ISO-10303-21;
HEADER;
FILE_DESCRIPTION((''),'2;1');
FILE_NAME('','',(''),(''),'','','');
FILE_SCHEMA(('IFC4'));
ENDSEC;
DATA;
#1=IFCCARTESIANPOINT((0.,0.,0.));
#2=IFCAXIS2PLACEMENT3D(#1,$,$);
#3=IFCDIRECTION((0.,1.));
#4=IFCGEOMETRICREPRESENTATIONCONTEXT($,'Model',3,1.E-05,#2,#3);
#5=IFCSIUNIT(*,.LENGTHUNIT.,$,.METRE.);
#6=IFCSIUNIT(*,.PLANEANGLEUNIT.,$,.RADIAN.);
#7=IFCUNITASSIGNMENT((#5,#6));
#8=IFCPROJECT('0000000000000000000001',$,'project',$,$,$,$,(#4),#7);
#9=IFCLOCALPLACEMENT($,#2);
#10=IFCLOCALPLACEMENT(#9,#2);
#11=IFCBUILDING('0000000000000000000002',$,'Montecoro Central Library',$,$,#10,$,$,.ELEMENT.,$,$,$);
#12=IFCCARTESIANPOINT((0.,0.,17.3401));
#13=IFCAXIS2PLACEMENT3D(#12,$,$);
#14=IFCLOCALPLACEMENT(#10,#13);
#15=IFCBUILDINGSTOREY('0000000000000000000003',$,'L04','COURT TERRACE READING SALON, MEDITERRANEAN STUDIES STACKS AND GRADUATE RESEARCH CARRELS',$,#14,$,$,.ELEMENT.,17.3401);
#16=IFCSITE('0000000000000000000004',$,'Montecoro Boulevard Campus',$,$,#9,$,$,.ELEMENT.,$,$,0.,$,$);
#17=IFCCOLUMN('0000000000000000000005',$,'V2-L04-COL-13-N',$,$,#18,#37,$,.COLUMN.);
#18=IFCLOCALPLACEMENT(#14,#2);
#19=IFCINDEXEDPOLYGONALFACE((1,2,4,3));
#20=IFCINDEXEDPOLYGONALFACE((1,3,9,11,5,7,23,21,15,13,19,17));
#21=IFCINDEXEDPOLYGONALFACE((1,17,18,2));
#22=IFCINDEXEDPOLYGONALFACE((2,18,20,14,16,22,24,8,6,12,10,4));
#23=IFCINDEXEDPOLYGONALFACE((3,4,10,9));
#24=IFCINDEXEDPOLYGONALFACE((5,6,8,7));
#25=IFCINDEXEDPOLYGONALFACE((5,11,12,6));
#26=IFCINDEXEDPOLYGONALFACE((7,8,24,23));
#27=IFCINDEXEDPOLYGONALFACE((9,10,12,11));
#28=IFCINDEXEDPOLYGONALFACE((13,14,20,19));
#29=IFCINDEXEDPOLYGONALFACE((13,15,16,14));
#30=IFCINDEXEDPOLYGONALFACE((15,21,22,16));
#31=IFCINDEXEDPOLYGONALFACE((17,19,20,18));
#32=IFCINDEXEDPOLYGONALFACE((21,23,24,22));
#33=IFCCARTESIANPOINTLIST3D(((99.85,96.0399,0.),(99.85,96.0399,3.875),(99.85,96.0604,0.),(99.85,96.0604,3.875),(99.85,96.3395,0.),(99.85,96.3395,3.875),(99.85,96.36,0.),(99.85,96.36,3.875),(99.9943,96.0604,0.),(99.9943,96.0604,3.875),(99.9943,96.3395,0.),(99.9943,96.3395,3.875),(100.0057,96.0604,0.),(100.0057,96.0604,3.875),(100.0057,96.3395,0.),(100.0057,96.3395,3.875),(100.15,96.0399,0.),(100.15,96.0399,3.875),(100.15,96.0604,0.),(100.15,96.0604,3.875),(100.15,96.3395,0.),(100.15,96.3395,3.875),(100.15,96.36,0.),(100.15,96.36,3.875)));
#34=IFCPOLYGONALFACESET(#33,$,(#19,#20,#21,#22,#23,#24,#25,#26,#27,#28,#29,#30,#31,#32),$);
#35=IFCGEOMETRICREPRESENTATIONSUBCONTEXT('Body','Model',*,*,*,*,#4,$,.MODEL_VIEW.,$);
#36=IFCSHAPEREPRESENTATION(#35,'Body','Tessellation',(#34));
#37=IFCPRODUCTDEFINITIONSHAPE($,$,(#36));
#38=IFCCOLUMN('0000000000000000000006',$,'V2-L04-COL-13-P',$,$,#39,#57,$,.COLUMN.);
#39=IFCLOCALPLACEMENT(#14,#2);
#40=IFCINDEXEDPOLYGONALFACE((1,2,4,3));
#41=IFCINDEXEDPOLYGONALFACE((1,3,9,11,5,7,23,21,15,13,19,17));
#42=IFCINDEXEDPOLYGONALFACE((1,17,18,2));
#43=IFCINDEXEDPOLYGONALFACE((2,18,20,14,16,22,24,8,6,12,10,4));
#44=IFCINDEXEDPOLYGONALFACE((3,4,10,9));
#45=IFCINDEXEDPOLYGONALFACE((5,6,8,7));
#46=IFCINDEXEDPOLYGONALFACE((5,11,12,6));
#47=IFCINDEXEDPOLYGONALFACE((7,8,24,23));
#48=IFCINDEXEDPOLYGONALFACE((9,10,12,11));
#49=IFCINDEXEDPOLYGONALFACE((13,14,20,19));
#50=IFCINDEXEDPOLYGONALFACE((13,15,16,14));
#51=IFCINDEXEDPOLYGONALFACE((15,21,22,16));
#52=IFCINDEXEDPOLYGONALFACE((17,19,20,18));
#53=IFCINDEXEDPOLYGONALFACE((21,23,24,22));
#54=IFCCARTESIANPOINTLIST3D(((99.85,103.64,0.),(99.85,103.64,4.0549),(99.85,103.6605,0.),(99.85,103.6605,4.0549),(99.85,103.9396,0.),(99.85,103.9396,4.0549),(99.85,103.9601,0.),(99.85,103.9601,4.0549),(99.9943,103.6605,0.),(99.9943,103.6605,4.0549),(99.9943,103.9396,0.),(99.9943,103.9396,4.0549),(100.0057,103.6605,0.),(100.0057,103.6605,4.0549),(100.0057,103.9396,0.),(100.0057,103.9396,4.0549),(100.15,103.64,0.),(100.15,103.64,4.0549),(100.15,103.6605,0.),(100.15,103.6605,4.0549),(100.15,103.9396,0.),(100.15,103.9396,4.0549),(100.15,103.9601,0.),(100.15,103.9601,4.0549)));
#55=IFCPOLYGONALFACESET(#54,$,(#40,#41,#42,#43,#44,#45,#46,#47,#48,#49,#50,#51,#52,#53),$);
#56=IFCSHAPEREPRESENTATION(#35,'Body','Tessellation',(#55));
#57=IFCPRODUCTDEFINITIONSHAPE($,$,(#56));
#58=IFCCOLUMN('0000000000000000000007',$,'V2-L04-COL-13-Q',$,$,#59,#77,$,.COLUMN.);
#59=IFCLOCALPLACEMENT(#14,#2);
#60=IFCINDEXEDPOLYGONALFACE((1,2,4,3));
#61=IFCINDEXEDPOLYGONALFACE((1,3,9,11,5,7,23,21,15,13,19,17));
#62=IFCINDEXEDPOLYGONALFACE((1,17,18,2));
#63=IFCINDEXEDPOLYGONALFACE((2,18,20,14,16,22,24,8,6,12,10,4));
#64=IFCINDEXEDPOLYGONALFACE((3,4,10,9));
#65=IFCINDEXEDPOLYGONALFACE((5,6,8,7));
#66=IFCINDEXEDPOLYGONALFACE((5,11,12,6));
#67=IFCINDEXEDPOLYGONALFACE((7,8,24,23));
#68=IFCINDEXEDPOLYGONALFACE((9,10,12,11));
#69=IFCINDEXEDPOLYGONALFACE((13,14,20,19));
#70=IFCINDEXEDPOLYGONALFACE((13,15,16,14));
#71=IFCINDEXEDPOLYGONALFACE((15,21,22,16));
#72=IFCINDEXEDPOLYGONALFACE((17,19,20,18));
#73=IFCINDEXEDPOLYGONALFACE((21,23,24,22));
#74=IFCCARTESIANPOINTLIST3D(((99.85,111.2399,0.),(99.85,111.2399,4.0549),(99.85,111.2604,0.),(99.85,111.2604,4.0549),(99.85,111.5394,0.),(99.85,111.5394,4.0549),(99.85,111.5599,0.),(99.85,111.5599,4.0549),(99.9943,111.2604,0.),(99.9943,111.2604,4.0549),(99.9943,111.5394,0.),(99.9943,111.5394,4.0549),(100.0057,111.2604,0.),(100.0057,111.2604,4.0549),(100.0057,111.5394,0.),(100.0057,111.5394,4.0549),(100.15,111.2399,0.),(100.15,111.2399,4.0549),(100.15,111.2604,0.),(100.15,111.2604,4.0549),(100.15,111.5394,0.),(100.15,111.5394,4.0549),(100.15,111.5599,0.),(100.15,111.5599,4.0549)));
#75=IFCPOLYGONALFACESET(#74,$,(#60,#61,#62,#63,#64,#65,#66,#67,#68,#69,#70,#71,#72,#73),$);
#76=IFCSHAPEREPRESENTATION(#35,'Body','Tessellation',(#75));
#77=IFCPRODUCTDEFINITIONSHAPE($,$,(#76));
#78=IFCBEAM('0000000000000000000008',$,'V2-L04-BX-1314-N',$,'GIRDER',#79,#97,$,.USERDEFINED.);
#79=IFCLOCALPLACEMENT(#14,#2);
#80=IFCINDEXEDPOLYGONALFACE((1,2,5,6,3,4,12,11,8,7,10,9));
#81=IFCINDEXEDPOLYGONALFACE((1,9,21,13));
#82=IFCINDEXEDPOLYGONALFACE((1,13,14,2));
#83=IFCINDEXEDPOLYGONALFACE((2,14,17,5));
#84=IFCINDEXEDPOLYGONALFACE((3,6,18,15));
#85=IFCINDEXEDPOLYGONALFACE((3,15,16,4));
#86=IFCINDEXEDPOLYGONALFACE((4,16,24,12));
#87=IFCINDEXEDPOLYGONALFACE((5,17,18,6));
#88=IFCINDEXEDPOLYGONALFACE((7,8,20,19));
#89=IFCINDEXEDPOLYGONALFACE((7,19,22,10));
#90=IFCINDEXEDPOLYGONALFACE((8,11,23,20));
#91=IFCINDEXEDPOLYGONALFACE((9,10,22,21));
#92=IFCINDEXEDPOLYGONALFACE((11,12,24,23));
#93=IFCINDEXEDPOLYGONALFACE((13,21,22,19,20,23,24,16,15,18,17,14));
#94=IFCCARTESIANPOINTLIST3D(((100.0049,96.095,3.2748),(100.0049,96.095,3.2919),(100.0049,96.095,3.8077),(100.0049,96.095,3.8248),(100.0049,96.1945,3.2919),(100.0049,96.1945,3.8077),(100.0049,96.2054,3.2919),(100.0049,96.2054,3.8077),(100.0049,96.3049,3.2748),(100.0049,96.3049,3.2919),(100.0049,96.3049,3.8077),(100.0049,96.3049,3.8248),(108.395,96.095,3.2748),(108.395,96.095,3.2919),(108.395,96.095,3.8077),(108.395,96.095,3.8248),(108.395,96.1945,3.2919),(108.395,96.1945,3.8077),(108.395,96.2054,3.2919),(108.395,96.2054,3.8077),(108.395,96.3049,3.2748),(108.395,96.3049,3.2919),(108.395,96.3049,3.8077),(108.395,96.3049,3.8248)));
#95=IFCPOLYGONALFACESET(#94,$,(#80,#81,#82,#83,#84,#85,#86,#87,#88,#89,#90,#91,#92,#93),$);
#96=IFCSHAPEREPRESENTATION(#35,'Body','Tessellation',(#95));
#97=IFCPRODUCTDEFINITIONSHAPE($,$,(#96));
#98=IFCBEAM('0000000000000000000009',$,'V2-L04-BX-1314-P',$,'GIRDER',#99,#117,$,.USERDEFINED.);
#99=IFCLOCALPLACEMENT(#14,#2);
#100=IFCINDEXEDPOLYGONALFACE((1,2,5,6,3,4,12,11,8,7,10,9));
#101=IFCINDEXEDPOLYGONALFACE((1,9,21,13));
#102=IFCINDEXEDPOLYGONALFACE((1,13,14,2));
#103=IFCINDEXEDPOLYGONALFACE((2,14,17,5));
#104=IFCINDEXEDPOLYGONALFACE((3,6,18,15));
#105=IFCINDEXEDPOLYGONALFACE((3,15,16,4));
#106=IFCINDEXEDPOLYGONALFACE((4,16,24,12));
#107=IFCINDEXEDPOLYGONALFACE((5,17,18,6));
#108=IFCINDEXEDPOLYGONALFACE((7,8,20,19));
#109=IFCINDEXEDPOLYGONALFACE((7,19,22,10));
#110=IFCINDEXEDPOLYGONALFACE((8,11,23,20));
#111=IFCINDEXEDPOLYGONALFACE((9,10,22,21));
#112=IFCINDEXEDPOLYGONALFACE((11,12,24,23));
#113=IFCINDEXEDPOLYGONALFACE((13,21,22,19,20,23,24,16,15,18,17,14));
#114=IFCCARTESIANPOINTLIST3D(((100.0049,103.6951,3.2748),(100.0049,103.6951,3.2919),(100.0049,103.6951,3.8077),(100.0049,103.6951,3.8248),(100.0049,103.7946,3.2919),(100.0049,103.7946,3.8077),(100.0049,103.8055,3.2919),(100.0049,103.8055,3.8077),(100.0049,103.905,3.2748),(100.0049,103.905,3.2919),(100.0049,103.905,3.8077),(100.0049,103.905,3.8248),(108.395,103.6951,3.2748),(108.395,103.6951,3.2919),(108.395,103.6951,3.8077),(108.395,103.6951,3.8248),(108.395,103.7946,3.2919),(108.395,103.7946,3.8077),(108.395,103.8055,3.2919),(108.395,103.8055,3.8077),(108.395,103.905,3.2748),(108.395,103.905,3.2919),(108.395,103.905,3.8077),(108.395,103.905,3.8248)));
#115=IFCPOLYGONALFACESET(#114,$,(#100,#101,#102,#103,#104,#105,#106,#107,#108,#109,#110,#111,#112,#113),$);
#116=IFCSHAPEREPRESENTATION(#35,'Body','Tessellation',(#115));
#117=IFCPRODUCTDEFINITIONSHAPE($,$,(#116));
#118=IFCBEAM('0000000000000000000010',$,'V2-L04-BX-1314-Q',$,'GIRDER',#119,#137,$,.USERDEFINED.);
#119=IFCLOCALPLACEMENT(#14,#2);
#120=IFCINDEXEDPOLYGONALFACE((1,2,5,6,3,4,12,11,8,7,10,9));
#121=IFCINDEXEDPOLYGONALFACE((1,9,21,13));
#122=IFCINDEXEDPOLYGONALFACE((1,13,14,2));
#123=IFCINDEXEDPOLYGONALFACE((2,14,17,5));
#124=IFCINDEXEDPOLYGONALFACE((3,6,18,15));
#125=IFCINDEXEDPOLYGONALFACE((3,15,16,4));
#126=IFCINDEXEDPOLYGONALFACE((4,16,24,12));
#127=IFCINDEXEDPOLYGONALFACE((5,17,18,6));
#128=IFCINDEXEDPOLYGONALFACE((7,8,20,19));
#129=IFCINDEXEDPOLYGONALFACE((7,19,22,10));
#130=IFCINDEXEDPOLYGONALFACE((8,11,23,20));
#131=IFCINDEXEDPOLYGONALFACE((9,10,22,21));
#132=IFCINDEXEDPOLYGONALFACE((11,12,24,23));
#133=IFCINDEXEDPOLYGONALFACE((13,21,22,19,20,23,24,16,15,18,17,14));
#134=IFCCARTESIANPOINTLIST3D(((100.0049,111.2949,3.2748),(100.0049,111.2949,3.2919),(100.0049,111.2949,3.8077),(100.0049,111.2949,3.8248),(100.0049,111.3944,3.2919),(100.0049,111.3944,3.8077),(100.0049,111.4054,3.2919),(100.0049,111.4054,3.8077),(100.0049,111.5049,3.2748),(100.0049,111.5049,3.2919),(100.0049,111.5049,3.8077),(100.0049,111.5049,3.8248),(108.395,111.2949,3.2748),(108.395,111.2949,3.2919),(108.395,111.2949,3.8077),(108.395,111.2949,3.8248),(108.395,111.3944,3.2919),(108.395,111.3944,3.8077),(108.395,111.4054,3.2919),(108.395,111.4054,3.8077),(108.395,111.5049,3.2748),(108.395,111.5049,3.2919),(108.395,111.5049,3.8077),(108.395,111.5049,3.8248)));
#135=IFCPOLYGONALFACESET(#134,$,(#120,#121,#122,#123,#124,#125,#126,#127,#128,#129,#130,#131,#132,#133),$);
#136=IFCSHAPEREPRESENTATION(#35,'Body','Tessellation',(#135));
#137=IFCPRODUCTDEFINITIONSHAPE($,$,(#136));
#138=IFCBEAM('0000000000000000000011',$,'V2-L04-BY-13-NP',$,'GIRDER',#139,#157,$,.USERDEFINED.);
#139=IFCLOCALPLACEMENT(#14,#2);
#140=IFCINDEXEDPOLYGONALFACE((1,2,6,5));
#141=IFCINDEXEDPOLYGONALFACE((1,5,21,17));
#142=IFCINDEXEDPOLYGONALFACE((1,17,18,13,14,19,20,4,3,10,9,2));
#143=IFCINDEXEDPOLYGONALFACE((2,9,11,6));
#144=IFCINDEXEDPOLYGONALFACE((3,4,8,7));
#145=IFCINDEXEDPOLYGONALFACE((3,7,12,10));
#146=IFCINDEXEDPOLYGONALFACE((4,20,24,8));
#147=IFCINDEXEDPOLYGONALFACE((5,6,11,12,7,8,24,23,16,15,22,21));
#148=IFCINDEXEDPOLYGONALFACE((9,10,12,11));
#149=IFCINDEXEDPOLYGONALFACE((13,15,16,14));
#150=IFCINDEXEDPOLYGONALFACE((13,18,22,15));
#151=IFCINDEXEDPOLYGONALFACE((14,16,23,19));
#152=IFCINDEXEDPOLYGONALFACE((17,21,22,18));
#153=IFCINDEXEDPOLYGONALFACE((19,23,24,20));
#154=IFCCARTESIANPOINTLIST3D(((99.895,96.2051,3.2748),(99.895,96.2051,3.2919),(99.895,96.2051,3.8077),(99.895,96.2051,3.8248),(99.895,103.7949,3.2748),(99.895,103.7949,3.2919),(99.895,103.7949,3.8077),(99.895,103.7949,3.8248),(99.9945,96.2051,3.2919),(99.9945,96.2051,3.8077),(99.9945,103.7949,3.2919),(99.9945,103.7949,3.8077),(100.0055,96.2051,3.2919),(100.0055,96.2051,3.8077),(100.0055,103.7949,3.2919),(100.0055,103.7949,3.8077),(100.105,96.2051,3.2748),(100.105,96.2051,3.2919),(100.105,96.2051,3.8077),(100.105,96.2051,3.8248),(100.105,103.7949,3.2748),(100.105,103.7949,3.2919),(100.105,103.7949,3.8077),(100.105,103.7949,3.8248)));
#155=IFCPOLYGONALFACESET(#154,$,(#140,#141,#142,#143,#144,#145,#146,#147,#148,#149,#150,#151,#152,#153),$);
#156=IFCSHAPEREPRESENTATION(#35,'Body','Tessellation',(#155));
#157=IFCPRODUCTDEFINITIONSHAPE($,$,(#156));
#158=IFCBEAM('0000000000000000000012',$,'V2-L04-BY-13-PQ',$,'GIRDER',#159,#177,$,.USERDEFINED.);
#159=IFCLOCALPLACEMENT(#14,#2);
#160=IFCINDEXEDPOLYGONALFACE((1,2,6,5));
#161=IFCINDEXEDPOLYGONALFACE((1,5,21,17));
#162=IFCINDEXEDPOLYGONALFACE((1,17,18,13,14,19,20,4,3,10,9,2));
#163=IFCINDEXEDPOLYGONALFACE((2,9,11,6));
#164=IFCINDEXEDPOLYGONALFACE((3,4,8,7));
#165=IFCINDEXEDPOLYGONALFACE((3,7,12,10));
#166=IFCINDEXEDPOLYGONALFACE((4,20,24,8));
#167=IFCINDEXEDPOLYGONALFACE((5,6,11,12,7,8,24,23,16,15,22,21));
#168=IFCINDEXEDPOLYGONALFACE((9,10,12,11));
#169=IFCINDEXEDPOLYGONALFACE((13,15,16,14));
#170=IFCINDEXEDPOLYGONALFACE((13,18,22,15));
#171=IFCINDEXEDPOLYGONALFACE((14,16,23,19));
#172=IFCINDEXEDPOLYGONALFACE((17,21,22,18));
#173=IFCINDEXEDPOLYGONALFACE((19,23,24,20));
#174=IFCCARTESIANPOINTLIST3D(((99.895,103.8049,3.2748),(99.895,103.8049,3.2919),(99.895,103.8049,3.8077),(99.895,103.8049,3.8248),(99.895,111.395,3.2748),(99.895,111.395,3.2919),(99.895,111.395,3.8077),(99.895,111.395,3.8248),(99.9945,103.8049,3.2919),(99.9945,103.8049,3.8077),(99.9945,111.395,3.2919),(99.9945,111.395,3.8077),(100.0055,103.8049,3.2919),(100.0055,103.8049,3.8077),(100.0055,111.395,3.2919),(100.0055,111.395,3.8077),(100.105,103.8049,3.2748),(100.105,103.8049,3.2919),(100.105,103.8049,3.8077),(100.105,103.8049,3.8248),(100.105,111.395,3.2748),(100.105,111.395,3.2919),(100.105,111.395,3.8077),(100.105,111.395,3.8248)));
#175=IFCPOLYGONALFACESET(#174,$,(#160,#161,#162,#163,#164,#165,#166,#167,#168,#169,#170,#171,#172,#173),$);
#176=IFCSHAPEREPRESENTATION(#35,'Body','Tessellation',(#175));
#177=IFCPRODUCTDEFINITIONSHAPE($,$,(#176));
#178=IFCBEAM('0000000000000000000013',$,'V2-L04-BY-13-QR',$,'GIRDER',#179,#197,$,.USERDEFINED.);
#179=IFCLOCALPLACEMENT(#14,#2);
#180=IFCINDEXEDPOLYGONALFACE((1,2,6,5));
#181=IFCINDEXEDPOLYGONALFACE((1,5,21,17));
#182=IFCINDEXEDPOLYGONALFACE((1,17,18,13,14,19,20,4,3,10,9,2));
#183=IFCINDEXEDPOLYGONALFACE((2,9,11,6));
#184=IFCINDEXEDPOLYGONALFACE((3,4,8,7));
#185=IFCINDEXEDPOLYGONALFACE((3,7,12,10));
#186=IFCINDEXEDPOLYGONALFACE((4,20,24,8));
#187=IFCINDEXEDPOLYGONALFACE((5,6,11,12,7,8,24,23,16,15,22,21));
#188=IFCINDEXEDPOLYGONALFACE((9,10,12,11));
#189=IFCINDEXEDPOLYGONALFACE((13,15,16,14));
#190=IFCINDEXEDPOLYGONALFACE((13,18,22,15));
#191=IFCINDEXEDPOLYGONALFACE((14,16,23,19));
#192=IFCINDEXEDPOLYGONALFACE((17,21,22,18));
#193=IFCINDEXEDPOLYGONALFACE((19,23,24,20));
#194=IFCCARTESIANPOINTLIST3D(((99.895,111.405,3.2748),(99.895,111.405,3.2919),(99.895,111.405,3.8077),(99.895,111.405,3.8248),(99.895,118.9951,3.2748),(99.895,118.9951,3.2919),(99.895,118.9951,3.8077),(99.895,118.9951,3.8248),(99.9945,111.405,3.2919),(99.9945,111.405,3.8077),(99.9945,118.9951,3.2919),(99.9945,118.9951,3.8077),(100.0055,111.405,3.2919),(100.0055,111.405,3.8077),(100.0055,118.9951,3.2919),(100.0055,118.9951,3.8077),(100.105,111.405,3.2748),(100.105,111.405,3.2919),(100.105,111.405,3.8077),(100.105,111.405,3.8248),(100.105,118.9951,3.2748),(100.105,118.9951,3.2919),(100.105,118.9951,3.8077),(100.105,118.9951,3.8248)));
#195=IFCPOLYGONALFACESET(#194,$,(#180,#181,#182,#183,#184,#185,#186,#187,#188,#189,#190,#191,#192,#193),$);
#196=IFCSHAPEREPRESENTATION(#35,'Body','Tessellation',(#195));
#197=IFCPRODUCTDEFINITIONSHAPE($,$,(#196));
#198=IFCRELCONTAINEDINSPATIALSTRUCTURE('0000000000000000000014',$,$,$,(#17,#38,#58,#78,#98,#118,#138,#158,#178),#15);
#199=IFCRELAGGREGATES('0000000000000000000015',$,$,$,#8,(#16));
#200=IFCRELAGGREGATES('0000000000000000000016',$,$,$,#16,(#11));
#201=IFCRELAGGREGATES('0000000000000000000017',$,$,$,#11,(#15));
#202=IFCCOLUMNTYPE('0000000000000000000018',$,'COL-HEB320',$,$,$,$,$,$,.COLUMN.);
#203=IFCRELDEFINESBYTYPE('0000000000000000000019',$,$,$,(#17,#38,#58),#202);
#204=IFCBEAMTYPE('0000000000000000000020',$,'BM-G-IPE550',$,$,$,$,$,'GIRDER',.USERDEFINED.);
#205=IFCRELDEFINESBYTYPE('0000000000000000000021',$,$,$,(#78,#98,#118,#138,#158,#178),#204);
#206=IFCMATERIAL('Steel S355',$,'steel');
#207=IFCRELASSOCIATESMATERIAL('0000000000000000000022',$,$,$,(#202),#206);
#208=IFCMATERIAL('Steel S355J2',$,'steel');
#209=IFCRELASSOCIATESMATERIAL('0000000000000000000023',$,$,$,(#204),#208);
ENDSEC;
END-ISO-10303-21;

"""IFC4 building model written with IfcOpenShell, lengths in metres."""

from ifc_helpers import new_model, si_unit, direction, frame, origin, origin_2d, place, context, subcontext, project, spatial, i_section, extrude, material, material_profile, profile_set, type_object, element, save


model = new_model("IFC4")

# Units and contexts
model_context = context("Model", 3, precision=1e-05, world=origin(), true_north=direction((0.0, 1.0)))
body_context = subcontext(model_context, "Body", "Model", "MODEL_VIEW")
ifc_project = project(units=[si_unit("LENGTHUNIT", "METRE"), si_unit("PLANEANGLEUNIT", "RADIAN")], contexts=[model_context])

# Site, building, storey
site_placement = place(None, origin())
site = spatial("IfcSite", under=ifc_project, at=site_placement, Name="Montecoro Boulevard Campus", CompositionType="ELEMENT", RefElevation=0.0)
building_placement = place(site_placement, origin())
building = spatial("IfcBuilding", under=site, at=building_placement, Name="Montecoro Central Library", CompositionType="ELEMENT")
storey_placement = place(building_placement, frame((0.0, 0.0, 17.3401)))
storey = spatial("IfcBuildingStorey", under=building, at=storey_placement, Name="L04", Description="COURT TERRACE READING SALON, MEDITERRANEAN STUDIES STACKS AND GRADUATE RESEARCH CARRELS", CompositionType="ELEMENT", Elevation=17.3401)

# Columns
ifc_material_1 = material(Name="Steel S355", Category="steel")
ifc_material_profile_1 = material_profile(ifc_material_1, i_section(OverallWidth=0.3, OverallDepth=0.3201, WebThickness=0.0115, FlangeThickness=0.0205, at=origin_2d()), Name="HEB 320")
ifc_profile_set_1 = profile_set([ifc_material_profile_1], Name="Steel S355")
column_type = type_object("IfcColumnType", Name="COL-HEB320", PredefinedType="COLUMN", material=ifc_profile_set_1)
column_placement = place(storey_placement, frame((100.0, 96.2, 0.0), z_axis=(0.0, 0.0, 1.0), x_axis=(1.0, 0.0, 0.0)))
element("IfcColumn", 1, at=column_placement, inside=storey, type_object=column_type, Name="V2-L04-COL-13-N", PredefinedType="COLUMN", context=body_context, shape_type="SweptSolid", body=[
    extrude(i_section(OverallWidth=0.3, OverallDepth=0.3201, WebThickness=0.0115, FlangeThickness=0.0205, at=origin_2d()), origin(), (0.0, 0.0, 1.0), 3.875),
])
for number, where, z_axis, x_axis, name in (
    (2, (100.0, 103.8, 0.0), (0.0, 0.0, 1.0), (1.0, 0.0, 0.0), "V2-L04-COL-13-P"),
    (3, (100.0, 111.3999, 0.0), (0.0, 0.0, 1.0), (1.0, 0.0, 0.0), "V2-L04-COL-13-Q"),
):
    element("IfcColumn", number, at=place(storey_placement, frame(where, z_axis=z_axis, x_axis=x_axis)), inside=storey, type_object=column_type, Name=name, PredefinedType="COLUMN", context=body_context, shape_type="SweptSolid", body=[
        extrude(i_section(OverallWidth=0.3, OverallDepth=0.3201, WebThickness=0.0115, FlangeThickness=0.0205, at=origin_2d()), origin(), (0.0, 0.0, 1.0), 4.0549),
    ])

# Beams
ifc_material_2 = material(Name="Steel S355J2", Category="steel")
ifc_material_profile_2 = material_profile(ifc_material_2, i_section(OverallWidth=0.21, OverallDepth=0.55, WebThickness=0.011, FlangeThickness=0.0171, at=origin_2d()), Name="IPE 550")
ifc_profile_set_2 = profile_set([ifc_material_profile_2], Name="Steel S355J2")
beam_type_1 = type_object("IfcBeamType", Name="BM-G-IPE550", ElementType="GIRDER", PredefinedType="USERDEFINED", material=ifc_profile_set_2)
for number, where, z_axis, x_axis, name in (
    (4, (100.0049, 96.2, 3.5498), (1.0, 0.0, 0.0), (0.0, 1.0, 0.0), "V2-L04-BX-1314-N"),
    (5, (100.0049, 103.8, 3.5498), (1.0, 0.0, 0.0), (0.0, 1.0, 0.0), "V2-L04-BX-1314-P"),
    (6, (100.0049, 111.3999, 3.5498), (1.0, 0.0, 0.0), (0.0, 1.0, 0.0), "V2-L04-BX-1314-Q"),
):
    element("IfcBeam", number, at=place(storey_placement, frame(where, z_axis=z_axis, x_axis=x_axis)), inside=storey, type_object=beam_type_1, Name=name, ObjectType="GIRDER", PredefinedType="USERDEFINED", context=body_context, shape_type="SweptSolid", body=[
        extrude(i_section(OverallWidth=0.21, OverallDepth=0.55, WebThickness=0.011, FlangeThickness=0.0171, at=origin_2d()), origin(), (0.0, 0.0, 1.0), 8.3901),
    ])
beam_placement = place(storey_placement, frame((100.0, 96.2051, 3.5498), z_axis=(0.0, 1.0, 0.0), x_axis=(-1.0, 0.0, 0.0)))
element("IfcBeam", 7, at=beam_placement, inside=storey, type_object=beam_type_1, Name="V2-L04-BY-13-NP", ObjectType="GIRDER", PredefinedType="USERDEFINED", context=body_context, shape_type="SweptSolid", body=[
    extrude(i_section(OverallWidth=0.21, OverallDepth=0.55, WebThickness=0.011, FlangeThickness=0.0171, at=origin_2d()), origin(), (0.0, 0.0, 1.0), 7.5898),
])
for number, where, z_axis, x_axis, name in (
    (8, (100.0, 103.8049, 3.5498), (0.0, 1.0, 0.0), (-1.0, 0.0, 0.0), "V2-L04-BY-13-PQ"),
    (9, (100.0, 111.405, 3.5498), (0.0, 1.0, 0.0), (-1.0, 0.0, 0.0), "V2-L04-BY-13-QR"),
):
    element("IfcBeam", number, at=place(storey_placement, frame(where, z_axis=z_axis, x_axis=x_axis)), inside=storey, type_object=beam_type_1, Name=name, ObjectType="GIRDER", PredefinedType="USERDEFINED", context=body_context, shape_type="SweptSolid", body=[
        extrude(i_section(OverallWidth=0.21, OverallDepth=0.55, WebThickness=0.011, FlangeThickness=0.0171, at=origin_2d()), origin(), (0.0, 0.0, 1.0), 7.5901),
    ])

save(model, "model.ifc")
